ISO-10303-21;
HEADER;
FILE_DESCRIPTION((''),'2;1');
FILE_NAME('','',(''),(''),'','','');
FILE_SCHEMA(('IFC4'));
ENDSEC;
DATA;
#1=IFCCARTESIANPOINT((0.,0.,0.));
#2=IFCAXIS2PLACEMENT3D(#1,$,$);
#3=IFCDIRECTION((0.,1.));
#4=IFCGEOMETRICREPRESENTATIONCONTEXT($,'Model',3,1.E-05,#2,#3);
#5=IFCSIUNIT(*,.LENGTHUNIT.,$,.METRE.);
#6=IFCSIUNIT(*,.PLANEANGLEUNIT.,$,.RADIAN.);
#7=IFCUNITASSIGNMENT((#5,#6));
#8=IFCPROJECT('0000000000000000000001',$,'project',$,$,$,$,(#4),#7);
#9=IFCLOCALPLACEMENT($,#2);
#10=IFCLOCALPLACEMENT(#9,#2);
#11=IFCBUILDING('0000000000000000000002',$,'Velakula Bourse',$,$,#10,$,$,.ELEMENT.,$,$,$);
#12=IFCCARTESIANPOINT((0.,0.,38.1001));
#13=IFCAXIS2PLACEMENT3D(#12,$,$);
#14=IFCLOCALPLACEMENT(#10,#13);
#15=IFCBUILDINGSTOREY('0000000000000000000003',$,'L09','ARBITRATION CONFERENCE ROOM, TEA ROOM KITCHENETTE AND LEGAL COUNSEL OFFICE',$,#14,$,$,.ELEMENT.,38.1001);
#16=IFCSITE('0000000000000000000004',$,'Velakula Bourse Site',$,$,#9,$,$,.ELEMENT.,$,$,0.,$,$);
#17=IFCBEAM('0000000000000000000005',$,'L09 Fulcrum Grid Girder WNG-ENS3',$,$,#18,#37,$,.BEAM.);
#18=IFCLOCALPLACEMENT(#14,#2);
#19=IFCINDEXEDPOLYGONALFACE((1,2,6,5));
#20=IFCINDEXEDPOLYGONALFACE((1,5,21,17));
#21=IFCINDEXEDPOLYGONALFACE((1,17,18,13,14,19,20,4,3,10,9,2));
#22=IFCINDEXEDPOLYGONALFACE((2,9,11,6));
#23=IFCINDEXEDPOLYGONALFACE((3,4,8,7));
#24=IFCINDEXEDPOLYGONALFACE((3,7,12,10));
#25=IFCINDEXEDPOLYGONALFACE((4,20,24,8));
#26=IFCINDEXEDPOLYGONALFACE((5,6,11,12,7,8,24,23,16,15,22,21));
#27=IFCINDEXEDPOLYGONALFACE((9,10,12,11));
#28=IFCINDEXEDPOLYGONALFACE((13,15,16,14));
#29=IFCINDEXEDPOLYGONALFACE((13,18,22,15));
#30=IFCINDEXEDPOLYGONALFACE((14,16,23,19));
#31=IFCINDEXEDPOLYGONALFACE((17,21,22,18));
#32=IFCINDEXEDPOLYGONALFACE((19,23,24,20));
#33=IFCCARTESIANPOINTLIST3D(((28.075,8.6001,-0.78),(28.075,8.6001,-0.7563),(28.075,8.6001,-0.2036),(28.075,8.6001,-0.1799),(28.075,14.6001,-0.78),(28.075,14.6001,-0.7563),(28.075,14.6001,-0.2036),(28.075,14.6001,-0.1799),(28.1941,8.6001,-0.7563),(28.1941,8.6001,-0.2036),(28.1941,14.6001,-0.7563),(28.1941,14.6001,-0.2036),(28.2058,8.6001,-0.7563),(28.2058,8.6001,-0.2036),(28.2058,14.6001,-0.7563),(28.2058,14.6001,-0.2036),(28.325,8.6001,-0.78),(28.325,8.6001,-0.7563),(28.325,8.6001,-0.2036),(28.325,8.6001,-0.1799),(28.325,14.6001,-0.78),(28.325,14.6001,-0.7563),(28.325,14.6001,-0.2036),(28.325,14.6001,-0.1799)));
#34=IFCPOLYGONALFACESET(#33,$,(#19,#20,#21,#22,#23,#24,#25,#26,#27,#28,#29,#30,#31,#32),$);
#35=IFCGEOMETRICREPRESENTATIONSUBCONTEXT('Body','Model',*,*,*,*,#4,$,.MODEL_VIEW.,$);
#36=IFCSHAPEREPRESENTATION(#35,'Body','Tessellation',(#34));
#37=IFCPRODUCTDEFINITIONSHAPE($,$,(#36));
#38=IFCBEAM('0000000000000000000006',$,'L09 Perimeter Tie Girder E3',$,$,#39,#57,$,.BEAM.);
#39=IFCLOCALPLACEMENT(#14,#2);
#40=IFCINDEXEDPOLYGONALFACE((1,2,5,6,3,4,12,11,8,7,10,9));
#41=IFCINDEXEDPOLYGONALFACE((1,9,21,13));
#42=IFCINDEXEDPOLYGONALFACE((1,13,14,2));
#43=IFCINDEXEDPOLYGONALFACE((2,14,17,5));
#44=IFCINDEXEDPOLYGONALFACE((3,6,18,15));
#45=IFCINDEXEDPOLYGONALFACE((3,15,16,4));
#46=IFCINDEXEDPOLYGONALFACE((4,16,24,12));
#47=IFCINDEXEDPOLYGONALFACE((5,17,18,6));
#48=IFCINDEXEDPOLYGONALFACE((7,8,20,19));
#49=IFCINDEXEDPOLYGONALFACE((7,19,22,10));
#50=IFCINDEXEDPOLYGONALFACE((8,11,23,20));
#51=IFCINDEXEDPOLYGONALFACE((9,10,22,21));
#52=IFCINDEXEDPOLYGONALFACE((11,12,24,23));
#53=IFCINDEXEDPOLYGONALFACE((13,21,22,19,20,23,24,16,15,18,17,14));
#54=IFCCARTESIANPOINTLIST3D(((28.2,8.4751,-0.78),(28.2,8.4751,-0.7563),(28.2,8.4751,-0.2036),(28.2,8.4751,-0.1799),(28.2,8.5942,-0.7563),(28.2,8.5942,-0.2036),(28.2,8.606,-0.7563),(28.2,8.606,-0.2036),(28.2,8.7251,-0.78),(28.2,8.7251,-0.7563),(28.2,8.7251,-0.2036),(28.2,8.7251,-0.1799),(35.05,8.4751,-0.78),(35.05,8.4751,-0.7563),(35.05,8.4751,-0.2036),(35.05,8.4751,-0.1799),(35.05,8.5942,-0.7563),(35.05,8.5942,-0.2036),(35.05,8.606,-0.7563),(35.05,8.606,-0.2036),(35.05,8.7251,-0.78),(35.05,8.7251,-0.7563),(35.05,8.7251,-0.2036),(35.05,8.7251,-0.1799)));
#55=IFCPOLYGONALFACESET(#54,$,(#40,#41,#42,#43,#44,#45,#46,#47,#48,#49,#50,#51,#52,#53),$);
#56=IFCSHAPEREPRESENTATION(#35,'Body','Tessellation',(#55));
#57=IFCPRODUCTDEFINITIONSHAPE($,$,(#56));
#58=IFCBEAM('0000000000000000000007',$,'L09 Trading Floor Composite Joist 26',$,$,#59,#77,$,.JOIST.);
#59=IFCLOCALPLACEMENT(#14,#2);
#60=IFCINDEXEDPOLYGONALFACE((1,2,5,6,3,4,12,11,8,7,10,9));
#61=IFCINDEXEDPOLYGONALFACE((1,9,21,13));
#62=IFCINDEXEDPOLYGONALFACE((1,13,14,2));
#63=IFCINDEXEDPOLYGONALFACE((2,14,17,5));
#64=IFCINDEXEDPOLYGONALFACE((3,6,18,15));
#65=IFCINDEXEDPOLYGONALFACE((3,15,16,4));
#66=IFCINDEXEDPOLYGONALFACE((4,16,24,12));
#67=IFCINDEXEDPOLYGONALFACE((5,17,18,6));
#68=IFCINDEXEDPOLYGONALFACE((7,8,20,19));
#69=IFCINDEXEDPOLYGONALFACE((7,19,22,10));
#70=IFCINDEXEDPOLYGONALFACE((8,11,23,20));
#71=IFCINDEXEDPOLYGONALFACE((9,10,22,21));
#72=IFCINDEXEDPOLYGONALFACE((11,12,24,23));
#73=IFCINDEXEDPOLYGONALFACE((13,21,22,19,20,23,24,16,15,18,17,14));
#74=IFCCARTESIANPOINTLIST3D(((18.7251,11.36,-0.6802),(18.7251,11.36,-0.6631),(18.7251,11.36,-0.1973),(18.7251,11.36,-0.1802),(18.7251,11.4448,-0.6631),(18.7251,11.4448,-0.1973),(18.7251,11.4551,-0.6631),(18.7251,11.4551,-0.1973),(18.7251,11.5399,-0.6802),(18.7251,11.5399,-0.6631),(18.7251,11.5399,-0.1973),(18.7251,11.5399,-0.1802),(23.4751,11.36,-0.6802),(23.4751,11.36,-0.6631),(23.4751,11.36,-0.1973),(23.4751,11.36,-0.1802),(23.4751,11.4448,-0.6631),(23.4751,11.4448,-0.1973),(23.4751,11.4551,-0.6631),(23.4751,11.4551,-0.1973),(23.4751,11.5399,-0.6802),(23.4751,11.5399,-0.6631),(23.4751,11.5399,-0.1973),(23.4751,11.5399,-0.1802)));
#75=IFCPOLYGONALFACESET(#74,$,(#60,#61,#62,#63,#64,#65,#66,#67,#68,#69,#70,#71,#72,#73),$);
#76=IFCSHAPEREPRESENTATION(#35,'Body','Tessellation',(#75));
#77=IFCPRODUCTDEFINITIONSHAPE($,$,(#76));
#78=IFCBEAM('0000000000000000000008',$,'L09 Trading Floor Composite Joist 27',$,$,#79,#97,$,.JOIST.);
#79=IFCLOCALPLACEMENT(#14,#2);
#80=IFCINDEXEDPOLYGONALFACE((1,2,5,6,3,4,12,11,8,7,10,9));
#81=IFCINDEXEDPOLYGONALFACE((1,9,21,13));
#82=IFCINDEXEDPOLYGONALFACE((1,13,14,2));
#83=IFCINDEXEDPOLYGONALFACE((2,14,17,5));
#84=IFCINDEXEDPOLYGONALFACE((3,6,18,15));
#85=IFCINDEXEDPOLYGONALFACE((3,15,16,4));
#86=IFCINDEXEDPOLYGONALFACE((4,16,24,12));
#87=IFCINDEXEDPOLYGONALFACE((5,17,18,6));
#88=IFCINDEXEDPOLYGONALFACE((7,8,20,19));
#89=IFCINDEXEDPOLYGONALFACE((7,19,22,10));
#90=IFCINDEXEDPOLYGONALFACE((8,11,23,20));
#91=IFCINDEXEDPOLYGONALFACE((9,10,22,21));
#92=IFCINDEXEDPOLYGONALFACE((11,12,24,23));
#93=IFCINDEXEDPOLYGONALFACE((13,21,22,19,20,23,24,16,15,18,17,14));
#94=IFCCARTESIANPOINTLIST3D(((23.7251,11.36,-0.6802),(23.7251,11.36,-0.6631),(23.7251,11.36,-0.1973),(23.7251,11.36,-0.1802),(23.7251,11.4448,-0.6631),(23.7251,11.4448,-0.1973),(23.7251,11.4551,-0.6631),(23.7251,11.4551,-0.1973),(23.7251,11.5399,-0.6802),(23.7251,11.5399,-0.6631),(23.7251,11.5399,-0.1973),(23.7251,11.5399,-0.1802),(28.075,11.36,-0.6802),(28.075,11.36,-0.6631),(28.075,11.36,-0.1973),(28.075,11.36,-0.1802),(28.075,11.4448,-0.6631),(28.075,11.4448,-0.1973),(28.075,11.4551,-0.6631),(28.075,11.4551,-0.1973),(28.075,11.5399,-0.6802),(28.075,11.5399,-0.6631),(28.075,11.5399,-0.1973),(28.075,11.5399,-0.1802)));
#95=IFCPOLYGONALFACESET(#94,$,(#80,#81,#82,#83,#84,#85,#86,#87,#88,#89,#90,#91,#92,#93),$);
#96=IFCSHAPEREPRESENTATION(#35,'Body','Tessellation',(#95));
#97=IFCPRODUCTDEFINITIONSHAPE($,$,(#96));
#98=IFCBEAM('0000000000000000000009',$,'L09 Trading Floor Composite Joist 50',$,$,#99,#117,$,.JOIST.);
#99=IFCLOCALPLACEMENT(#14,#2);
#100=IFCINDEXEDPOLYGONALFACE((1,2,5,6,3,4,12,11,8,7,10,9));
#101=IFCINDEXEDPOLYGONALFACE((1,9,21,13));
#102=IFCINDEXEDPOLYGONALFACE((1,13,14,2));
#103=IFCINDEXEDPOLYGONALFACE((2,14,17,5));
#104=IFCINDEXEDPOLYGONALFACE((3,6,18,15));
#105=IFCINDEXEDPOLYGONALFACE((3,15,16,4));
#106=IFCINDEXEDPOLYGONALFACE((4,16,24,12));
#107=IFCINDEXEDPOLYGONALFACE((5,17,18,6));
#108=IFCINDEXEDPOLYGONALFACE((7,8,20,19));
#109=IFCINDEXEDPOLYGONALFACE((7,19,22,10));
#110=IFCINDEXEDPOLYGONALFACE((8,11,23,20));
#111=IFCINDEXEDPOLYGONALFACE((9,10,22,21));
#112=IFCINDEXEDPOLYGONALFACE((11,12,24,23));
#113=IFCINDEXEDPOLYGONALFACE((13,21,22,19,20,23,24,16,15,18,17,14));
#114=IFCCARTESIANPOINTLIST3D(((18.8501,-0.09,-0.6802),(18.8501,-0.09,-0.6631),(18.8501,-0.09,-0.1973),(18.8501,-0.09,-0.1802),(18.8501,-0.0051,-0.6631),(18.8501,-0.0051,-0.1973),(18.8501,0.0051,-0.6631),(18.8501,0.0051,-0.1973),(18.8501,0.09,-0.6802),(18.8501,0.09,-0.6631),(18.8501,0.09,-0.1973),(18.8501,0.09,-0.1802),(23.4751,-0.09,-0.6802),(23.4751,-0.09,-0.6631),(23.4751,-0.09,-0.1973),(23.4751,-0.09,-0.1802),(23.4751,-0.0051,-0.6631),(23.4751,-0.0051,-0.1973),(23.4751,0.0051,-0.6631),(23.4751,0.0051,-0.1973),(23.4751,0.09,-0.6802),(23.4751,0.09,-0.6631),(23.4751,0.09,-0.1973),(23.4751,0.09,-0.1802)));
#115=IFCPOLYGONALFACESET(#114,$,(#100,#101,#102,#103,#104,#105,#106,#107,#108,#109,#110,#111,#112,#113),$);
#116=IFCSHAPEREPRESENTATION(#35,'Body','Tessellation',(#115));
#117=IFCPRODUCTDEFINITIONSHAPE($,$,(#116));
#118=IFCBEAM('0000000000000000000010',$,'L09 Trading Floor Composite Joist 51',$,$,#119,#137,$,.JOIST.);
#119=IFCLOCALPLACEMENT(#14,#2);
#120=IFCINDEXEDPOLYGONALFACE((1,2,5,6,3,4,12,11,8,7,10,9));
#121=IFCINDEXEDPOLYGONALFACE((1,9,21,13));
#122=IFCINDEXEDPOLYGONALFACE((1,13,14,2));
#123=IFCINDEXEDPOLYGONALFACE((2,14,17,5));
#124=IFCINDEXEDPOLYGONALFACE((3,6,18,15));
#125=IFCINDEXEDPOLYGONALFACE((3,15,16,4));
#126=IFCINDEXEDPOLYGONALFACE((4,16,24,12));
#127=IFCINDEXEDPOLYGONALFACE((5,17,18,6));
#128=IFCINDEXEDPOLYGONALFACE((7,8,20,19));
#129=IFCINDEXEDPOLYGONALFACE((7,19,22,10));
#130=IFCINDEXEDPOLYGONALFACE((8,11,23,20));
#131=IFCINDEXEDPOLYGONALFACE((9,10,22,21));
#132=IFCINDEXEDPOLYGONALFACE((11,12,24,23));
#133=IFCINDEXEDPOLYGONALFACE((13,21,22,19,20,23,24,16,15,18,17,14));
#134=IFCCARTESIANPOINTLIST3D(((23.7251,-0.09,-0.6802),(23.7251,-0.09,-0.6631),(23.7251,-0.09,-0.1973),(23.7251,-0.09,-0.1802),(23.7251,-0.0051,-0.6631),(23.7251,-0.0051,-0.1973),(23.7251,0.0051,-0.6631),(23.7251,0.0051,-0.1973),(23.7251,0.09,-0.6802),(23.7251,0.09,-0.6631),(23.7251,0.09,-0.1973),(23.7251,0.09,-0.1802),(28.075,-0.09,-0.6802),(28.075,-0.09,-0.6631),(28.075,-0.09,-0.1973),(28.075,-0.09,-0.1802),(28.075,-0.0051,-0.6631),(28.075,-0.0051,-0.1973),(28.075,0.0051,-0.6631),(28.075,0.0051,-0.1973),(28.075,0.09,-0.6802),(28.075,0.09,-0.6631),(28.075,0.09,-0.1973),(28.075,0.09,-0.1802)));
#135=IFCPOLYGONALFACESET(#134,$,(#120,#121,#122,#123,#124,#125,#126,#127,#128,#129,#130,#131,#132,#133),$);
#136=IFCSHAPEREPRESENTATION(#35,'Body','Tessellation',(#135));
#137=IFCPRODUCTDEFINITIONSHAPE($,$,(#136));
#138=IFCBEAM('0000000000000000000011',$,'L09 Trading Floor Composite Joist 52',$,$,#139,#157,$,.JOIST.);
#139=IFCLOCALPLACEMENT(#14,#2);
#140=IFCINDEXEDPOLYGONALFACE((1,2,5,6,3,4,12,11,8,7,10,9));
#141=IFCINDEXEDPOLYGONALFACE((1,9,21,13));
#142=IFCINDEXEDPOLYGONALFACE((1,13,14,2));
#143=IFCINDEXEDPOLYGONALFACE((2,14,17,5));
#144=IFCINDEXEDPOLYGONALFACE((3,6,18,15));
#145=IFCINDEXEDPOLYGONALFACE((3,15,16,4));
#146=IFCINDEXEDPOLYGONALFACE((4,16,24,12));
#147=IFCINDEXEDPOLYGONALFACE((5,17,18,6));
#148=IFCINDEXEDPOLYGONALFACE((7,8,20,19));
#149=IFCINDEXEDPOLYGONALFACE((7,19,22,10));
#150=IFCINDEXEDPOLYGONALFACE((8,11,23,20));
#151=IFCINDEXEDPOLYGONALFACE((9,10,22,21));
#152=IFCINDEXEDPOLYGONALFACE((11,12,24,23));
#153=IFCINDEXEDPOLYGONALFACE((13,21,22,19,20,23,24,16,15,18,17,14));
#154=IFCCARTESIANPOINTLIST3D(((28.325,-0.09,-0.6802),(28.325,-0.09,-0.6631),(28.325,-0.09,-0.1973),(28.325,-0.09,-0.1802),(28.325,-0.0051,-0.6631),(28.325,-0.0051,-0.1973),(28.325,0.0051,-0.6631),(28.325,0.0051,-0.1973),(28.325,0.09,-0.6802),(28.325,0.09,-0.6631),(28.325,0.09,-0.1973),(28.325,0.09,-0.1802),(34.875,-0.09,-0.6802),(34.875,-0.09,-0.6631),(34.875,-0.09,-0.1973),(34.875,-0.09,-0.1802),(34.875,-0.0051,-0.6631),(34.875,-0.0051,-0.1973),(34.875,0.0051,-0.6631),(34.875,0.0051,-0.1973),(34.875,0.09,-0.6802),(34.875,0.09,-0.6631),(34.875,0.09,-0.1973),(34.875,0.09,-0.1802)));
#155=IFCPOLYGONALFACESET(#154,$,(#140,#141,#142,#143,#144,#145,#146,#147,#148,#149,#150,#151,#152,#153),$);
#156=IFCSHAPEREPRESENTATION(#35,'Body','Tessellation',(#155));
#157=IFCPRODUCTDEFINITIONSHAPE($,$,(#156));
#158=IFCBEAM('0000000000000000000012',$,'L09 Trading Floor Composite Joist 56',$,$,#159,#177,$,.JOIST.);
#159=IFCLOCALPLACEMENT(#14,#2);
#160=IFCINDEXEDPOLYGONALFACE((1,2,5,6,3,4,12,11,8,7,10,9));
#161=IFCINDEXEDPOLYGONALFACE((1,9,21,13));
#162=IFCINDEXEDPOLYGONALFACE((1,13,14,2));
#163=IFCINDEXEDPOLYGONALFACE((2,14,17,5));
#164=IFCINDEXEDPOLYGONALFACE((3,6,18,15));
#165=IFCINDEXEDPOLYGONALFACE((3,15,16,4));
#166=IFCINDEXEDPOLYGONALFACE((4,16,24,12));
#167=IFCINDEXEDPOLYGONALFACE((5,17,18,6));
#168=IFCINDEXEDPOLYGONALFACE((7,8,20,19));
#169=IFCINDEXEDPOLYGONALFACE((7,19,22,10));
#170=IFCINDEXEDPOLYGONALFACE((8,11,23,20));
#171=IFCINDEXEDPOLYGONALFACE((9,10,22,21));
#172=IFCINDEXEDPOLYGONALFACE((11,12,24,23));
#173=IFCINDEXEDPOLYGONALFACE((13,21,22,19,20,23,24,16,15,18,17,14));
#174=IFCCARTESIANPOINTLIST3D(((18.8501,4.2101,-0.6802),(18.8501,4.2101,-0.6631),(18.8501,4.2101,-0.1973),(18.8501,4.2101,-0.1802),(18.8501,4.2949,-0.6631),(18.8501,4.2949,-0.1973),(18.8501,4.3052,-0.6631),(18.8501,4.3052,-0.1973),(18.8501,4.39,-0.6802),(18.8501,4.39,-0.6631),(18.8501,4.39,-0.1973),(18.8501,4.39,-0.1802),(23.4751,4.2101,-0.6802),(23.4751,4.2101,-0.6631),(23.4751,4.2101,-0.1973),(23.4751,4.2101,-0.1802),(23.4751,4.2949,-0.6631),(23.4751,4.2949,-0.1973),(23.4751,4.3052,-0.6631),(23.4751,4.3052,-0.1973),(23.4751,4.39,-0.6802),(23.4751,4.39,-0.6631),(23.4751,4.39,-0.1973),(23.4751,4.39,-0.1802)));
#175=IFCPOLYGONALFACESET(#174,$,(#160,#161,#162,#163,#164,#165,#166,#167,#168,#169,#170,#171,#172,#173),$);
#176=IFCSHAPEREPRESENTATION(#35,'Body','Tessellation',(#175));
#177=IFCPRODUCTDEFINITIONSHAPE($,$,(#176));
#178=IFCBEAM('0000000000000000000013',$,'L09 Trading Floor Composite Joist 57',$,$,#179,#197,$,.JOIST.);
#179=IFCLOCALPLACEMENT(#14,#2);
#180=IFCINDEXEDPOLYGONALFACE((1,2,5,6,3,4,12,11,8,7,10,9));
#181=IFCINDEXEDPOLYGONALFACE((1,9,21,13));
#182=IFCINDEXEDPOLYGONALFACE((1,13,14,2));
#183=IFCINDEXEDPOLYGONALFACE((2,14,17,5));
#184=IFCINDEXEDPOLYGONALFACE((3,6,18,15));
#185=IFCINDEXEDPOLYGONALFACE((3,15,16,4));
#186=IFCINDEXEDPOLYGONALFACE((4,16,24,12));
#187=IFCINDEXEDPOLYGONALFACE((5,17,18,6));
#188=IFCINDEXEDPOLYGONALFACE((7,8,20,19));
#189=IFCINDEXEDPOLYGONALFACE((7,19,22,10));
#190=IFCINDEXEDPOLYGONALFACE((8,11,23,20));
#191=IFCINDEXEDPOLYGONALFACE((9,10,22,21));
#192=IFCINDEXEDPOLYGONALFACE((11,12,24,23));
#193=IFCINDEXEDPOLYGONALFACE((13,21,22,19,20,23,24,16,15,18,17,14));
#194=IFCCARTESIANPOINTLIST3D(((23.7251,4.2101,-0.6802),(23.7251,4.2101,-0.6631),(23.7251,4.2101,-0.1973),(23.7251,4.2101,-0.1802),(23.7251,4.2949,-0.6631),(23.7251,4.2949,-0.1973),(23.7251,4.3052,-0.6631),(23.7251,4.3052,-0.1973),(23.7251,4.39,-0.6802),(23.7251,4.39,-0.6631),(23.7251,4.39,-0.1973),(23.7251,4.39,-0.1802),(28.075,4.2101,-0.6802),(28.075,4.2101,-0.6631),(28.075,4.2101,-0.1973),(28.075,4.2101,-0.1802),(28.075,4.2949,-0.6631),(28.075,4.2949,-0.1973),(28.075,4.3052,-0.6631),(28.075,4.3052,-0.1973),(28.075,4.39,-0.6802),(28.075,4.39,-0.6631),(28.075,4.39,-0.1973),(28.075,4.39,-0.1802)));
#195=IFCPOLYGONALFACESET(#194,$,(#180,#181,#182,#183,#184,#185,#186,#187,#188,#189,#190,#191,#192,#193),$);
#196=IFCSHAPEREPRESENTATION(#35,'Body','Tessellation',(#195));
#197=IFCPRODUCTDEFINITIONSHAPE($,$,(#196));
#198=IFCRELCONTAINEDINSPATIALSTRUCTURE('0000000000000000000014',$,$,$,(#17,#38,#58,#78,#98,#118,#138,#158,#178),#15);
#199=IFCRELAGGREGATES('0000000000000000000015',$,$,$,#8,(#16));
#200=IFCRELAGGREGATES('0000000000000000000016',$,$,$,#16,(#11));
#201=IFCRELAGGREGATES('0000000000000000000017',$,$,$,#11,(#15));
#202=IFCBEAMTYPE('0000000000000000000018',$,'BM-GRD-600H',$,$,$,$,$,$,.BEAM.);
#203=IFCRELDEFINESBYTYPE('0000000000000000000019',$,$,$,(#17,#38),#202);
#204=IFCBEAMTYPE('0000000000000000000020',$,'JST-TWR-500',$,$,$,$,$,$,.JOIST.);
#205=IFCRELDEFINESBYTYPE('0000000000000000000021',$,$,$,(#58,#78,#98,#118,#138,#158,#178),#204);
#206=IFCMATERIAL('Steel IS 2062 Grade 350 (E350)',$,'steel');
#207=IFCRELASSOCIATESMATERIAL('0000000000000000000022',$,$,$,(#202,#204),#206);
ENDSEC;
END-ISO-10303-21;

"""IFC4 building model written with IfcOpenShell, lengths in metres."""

from ifc_helpers import new_model, si_unit, direction, frame, origin, origin_2d, place, context, subcontext, project, spatial, i_section, extrude, material, material_profile, profile_set, type_object, element, save


model = new_model("IFC4")

# Units and contexts
model_context = context("Model", 3, precision=1e-05, world=origin(), true_north=direction((0.0, 1.0)))
body_context = subcontext(model_context, "Body", "Model", "MODEL_VIEW")
ifc_project = project(units=[si_unit("LENGTHUNIT", "METRE"), si_unit("PLANEANGLEUNIT", "RADIAN")], contexts=[model_context])

# Site, building, storey
site_placement = place(None, origin())
site = spatial("IfcSite", under=ifc_project, at=site_placement, Name="Velakula Bourse Site", CompositionType="ELEMENT", RefElevation=0.0)
building_placement = place(site_placement, origin())
building = spatial("IfcBuilding", under=site, at=building_placement, Name="Velakula Bourse", CompositionType="ELEMENT")
storey_placement = place(building_placement, frame((0.0, 0.0, 38.1001)))
storey = spatial("IfcBuildingStorey", under=building, at=storey_placement, Name="L09", Description="ARBITRATION CONFERENCE ROOM, TEA ROOM KITCHENETTE AND LEGAL COUNSEL OFFICE", CompositionType="ELEMENT", Elevation=38.1001)

# Beams
ifc_material_1 = material(Name="Steel IS 2062 Grade 350 (E350)", Category="steel")
ifc_material_profile_1 = material_profile(ifc_material_1, i_section(OverallWidth=0.25, OverallDepth=0.6001, WebThickness=0.0117, FlangeThickness=0.0237, at=origin_2d()), Name="Steel IS 2062 Grade 350 (E350)")
ifc_profile_set_1 = profile_set([ifc_material_profile_1], Name="Steel IS 2062 Grade 350 (E350)")
beam_type_1 = type_object("IfcBeamType", Name="BM-GRD-600H", PredefinedType="BEAM", material=ifc_profile_set_1)
beam_1_placement = place(storey_placement, frame((28.2, 8.6001, -0.48), z_axis=(0.0, 1.0, 0.0), x_axis=(-1.0, 0.0, 0.0)))
element("IfcBeam", 1, at=beam_1_placement, inside=storey, type_object=beam_type_1, Name="L09 Fulcrum Grid Girder WNG-ENS3", PredefinedType="BEAM", context=body_context, shape_type="SweptSolid", body=[
    extrude(i_section(OverallWidth=0.25, OverallDepth=0.6001, WebThickness=0.0117, FlangeThickness=0.0237, at=origin_2d()), origin(), (0.0, 0.0, 1.0), 6.0),
])
beam_2_placement = place(storey_placement, frame((28.2, 8.6001, -0.48), z_axis=(1.0, 0.0, 0.0), x_axis=(0.0, 1.0, 0.0)))
element("IfcBeam", 2, at=beam_2_placement, inside=storey, type_object=beam_type_1, Name="L09 Perimeter Tie Girder E3", PredefinedType="BEAM", context=body_context, shape_type="SweptSolid", body=[
    extrude(i_section(OverallWidth=0.25, OverallDepth=0.6001, WebThickness=0.0117, FlangeThickness=0.0237, at=origin_2d()), origin(), (0.0, 0.0, 1.0), 6.8501),
])
ifc_material_profile_2 = material_profile(ifc_material_1, i_section(OverallWidth=0.1799, OverallDepth=0.5, WebThickness=0.0103, FlangeThickness=0.0171, at=origin_2d()), Name="Steel IS 2062 Grade 350 (E350)")
ifc_profile_set_2 = profile_set([ifc_material_profile_2], Name="Steel IS 2062 Grade 350 (E350)")
beam_type_2 = type_object("IfcBeamType", Name="JST-TWR-500", PredefinedType="JOIST", material=ifc_profile_set_2)
beam_3_placement = place(storey_placement, frame((18.7251, 11.45, -0.4302), z_axis=(1.0, 0.0, 0.0), x_axis=(0.0, 1.0, 0.0)))
element("IfcBeam", 3, at=beam_3_placement, inside=storey, type_object=beam_type_2, Name="L09 Trading Floor Composite Joist 26", PredefinedType="JOIST", context=body_context, shape_type="SweptSolid", body=[
    extrude(i_section(OverallWidth=0.1799, OverallDepth=0.5, WebThickness=0.0103, FlangeThickness=0.0171, at=origin_2d()), origin(), (0.0, 0.0, 1.0), 4.75),
])
beam_4_placement = place(storey_placement, frame((23.7251, 11.45, -0.4302), z_axis=(1.0, 0.0, 0.0), x_axis=(0.0, 1.0, 0.0)))
element("IfcBeam", 4, at=beam_4_placement, inside=storey, type_object=beam_type_2, Name="L09 Trading Floor Composite Joist 27", PredefinedType="JOIST", context=body_context, shape_type="SweptSolid", body=[
    extrude(i_section(OverallWidth=0.1799, OverallDepth=0.5, WebThickness=0.0103, FlangeThickness=0.0171, at=origin_2d()), origin(), (0.0, 0.0, 1.0), 4.3499),
])
beam_5_placement = place(storey_placement, frame((18.8501, 0.0, -0.4302), z_axis=(1.0, 0.0, 0.0), x_axis=(0.0, 1.0, 0.0)))
element("IfcBeam", 5, at=beam_5_placement, inside=storey, type_object=beam_type_2, Name="L09 Trading Floor Composite Joist 50", PredefinedType="JOIST", context=body_context, shape_type="SweptSolid", body=[
    extrude(i_section(OverallWidth=0.1799, OverallDepth=0.5, WebThickness=0.0103, FlangeThickness=0.0171, at=origin_2d()), origin(), (0.0, 0.0, 1.0), 4.625),
])
beam_6_placement = place(storey_placement, frame((23.7251, 0.0, -0.4302), z_axis=(1.0, 0.0, 0.0), x_axis=(0.0, 1.0, 0.0)))
element("IfcBeam", 6, at=beam_6_placement, inside=storey, type_object=beam_type_2, Name="L09 Trading Floor Composite Joist 51", PredefinedType="JOIST", context=body_context, shape_type="SweptSolid", body=[
    extrude(i_section(OverallWidth=0.1799, OverallDepth=0.5, WebThickness=0.0103, FlangeThickness=0.0171, at=origin_2d()), origin(), (0.0, 0.0, 1.0), 4.3499),
])
beam_7_placement = place(storey_placement, frame((28.325, 0.0, -0.4302), z_axis=(1.0, 0.0, 0.0), x_axis=(0.0, 1.0, 0.0)))
element("IfcBeam", 7, at=beam_7_placement, inside=storey, type_object=beam_type_2, Name="L09 Trading Floor Composite Joist 52", PredefinedType="JOIST", context=body_context, shape_type="SweptSolid", body=[
    extrude(i_section(OverallWidth=0.1799, OverallDepth=0.5, WebThickness=0.0103, FlangeThickness=0.0171, at=origin_2d()), origin(), (0.0, 0.0, 1.0), 6.55),
])
beam_8_placement = place(storey_placement, frame((18.8501, 4.3, -0.4302), z_axis=(1.0, 0.0, 0.0), x_axis=(0.0, 1.0, 0.0)))
element("IfcBeam", 8, at=beam_8_placement, inside=storey, type_object=beam_type_2, Name="L09 Trading Floor Composite Joist 56", PredefinedType="JOIST", context=body_context, shape_type="SweptSolid", body=[
    extrude(i_section(OverallWidth=0.1799, OverallDepth=0.5, WebThickness=0.0103, FlangeThickness=0.0171, at=origin_2d()), origin(), (0.0, 0.0, 1.0), 4.625),
])
beam_9_placement = place(storey_placement, frame((23.7251, 4.3, -0.4302), z_axis=(1.0, 0.0, 0.0), x_axis=(0.0, 1.0, 0.0)))
element("IfcBeam", 9, at=beam_9_placement, inside=storey, type_object=beam_type_2, Name="L09 Trading Floor Composite Joist 57", PredefinedType="JOIST", context=body_context, shape_type="SweptSolid", body=[
    extrude(i_section(OverallWidth=0.1799, OverallDepth=0.5, WebThickness=0.0103, FlangeThickness=0.0171, at=origin_2d()), origin(), (0.0, 0.0, 1.0), 4.3499),
])

save(model, "model.ifc")
